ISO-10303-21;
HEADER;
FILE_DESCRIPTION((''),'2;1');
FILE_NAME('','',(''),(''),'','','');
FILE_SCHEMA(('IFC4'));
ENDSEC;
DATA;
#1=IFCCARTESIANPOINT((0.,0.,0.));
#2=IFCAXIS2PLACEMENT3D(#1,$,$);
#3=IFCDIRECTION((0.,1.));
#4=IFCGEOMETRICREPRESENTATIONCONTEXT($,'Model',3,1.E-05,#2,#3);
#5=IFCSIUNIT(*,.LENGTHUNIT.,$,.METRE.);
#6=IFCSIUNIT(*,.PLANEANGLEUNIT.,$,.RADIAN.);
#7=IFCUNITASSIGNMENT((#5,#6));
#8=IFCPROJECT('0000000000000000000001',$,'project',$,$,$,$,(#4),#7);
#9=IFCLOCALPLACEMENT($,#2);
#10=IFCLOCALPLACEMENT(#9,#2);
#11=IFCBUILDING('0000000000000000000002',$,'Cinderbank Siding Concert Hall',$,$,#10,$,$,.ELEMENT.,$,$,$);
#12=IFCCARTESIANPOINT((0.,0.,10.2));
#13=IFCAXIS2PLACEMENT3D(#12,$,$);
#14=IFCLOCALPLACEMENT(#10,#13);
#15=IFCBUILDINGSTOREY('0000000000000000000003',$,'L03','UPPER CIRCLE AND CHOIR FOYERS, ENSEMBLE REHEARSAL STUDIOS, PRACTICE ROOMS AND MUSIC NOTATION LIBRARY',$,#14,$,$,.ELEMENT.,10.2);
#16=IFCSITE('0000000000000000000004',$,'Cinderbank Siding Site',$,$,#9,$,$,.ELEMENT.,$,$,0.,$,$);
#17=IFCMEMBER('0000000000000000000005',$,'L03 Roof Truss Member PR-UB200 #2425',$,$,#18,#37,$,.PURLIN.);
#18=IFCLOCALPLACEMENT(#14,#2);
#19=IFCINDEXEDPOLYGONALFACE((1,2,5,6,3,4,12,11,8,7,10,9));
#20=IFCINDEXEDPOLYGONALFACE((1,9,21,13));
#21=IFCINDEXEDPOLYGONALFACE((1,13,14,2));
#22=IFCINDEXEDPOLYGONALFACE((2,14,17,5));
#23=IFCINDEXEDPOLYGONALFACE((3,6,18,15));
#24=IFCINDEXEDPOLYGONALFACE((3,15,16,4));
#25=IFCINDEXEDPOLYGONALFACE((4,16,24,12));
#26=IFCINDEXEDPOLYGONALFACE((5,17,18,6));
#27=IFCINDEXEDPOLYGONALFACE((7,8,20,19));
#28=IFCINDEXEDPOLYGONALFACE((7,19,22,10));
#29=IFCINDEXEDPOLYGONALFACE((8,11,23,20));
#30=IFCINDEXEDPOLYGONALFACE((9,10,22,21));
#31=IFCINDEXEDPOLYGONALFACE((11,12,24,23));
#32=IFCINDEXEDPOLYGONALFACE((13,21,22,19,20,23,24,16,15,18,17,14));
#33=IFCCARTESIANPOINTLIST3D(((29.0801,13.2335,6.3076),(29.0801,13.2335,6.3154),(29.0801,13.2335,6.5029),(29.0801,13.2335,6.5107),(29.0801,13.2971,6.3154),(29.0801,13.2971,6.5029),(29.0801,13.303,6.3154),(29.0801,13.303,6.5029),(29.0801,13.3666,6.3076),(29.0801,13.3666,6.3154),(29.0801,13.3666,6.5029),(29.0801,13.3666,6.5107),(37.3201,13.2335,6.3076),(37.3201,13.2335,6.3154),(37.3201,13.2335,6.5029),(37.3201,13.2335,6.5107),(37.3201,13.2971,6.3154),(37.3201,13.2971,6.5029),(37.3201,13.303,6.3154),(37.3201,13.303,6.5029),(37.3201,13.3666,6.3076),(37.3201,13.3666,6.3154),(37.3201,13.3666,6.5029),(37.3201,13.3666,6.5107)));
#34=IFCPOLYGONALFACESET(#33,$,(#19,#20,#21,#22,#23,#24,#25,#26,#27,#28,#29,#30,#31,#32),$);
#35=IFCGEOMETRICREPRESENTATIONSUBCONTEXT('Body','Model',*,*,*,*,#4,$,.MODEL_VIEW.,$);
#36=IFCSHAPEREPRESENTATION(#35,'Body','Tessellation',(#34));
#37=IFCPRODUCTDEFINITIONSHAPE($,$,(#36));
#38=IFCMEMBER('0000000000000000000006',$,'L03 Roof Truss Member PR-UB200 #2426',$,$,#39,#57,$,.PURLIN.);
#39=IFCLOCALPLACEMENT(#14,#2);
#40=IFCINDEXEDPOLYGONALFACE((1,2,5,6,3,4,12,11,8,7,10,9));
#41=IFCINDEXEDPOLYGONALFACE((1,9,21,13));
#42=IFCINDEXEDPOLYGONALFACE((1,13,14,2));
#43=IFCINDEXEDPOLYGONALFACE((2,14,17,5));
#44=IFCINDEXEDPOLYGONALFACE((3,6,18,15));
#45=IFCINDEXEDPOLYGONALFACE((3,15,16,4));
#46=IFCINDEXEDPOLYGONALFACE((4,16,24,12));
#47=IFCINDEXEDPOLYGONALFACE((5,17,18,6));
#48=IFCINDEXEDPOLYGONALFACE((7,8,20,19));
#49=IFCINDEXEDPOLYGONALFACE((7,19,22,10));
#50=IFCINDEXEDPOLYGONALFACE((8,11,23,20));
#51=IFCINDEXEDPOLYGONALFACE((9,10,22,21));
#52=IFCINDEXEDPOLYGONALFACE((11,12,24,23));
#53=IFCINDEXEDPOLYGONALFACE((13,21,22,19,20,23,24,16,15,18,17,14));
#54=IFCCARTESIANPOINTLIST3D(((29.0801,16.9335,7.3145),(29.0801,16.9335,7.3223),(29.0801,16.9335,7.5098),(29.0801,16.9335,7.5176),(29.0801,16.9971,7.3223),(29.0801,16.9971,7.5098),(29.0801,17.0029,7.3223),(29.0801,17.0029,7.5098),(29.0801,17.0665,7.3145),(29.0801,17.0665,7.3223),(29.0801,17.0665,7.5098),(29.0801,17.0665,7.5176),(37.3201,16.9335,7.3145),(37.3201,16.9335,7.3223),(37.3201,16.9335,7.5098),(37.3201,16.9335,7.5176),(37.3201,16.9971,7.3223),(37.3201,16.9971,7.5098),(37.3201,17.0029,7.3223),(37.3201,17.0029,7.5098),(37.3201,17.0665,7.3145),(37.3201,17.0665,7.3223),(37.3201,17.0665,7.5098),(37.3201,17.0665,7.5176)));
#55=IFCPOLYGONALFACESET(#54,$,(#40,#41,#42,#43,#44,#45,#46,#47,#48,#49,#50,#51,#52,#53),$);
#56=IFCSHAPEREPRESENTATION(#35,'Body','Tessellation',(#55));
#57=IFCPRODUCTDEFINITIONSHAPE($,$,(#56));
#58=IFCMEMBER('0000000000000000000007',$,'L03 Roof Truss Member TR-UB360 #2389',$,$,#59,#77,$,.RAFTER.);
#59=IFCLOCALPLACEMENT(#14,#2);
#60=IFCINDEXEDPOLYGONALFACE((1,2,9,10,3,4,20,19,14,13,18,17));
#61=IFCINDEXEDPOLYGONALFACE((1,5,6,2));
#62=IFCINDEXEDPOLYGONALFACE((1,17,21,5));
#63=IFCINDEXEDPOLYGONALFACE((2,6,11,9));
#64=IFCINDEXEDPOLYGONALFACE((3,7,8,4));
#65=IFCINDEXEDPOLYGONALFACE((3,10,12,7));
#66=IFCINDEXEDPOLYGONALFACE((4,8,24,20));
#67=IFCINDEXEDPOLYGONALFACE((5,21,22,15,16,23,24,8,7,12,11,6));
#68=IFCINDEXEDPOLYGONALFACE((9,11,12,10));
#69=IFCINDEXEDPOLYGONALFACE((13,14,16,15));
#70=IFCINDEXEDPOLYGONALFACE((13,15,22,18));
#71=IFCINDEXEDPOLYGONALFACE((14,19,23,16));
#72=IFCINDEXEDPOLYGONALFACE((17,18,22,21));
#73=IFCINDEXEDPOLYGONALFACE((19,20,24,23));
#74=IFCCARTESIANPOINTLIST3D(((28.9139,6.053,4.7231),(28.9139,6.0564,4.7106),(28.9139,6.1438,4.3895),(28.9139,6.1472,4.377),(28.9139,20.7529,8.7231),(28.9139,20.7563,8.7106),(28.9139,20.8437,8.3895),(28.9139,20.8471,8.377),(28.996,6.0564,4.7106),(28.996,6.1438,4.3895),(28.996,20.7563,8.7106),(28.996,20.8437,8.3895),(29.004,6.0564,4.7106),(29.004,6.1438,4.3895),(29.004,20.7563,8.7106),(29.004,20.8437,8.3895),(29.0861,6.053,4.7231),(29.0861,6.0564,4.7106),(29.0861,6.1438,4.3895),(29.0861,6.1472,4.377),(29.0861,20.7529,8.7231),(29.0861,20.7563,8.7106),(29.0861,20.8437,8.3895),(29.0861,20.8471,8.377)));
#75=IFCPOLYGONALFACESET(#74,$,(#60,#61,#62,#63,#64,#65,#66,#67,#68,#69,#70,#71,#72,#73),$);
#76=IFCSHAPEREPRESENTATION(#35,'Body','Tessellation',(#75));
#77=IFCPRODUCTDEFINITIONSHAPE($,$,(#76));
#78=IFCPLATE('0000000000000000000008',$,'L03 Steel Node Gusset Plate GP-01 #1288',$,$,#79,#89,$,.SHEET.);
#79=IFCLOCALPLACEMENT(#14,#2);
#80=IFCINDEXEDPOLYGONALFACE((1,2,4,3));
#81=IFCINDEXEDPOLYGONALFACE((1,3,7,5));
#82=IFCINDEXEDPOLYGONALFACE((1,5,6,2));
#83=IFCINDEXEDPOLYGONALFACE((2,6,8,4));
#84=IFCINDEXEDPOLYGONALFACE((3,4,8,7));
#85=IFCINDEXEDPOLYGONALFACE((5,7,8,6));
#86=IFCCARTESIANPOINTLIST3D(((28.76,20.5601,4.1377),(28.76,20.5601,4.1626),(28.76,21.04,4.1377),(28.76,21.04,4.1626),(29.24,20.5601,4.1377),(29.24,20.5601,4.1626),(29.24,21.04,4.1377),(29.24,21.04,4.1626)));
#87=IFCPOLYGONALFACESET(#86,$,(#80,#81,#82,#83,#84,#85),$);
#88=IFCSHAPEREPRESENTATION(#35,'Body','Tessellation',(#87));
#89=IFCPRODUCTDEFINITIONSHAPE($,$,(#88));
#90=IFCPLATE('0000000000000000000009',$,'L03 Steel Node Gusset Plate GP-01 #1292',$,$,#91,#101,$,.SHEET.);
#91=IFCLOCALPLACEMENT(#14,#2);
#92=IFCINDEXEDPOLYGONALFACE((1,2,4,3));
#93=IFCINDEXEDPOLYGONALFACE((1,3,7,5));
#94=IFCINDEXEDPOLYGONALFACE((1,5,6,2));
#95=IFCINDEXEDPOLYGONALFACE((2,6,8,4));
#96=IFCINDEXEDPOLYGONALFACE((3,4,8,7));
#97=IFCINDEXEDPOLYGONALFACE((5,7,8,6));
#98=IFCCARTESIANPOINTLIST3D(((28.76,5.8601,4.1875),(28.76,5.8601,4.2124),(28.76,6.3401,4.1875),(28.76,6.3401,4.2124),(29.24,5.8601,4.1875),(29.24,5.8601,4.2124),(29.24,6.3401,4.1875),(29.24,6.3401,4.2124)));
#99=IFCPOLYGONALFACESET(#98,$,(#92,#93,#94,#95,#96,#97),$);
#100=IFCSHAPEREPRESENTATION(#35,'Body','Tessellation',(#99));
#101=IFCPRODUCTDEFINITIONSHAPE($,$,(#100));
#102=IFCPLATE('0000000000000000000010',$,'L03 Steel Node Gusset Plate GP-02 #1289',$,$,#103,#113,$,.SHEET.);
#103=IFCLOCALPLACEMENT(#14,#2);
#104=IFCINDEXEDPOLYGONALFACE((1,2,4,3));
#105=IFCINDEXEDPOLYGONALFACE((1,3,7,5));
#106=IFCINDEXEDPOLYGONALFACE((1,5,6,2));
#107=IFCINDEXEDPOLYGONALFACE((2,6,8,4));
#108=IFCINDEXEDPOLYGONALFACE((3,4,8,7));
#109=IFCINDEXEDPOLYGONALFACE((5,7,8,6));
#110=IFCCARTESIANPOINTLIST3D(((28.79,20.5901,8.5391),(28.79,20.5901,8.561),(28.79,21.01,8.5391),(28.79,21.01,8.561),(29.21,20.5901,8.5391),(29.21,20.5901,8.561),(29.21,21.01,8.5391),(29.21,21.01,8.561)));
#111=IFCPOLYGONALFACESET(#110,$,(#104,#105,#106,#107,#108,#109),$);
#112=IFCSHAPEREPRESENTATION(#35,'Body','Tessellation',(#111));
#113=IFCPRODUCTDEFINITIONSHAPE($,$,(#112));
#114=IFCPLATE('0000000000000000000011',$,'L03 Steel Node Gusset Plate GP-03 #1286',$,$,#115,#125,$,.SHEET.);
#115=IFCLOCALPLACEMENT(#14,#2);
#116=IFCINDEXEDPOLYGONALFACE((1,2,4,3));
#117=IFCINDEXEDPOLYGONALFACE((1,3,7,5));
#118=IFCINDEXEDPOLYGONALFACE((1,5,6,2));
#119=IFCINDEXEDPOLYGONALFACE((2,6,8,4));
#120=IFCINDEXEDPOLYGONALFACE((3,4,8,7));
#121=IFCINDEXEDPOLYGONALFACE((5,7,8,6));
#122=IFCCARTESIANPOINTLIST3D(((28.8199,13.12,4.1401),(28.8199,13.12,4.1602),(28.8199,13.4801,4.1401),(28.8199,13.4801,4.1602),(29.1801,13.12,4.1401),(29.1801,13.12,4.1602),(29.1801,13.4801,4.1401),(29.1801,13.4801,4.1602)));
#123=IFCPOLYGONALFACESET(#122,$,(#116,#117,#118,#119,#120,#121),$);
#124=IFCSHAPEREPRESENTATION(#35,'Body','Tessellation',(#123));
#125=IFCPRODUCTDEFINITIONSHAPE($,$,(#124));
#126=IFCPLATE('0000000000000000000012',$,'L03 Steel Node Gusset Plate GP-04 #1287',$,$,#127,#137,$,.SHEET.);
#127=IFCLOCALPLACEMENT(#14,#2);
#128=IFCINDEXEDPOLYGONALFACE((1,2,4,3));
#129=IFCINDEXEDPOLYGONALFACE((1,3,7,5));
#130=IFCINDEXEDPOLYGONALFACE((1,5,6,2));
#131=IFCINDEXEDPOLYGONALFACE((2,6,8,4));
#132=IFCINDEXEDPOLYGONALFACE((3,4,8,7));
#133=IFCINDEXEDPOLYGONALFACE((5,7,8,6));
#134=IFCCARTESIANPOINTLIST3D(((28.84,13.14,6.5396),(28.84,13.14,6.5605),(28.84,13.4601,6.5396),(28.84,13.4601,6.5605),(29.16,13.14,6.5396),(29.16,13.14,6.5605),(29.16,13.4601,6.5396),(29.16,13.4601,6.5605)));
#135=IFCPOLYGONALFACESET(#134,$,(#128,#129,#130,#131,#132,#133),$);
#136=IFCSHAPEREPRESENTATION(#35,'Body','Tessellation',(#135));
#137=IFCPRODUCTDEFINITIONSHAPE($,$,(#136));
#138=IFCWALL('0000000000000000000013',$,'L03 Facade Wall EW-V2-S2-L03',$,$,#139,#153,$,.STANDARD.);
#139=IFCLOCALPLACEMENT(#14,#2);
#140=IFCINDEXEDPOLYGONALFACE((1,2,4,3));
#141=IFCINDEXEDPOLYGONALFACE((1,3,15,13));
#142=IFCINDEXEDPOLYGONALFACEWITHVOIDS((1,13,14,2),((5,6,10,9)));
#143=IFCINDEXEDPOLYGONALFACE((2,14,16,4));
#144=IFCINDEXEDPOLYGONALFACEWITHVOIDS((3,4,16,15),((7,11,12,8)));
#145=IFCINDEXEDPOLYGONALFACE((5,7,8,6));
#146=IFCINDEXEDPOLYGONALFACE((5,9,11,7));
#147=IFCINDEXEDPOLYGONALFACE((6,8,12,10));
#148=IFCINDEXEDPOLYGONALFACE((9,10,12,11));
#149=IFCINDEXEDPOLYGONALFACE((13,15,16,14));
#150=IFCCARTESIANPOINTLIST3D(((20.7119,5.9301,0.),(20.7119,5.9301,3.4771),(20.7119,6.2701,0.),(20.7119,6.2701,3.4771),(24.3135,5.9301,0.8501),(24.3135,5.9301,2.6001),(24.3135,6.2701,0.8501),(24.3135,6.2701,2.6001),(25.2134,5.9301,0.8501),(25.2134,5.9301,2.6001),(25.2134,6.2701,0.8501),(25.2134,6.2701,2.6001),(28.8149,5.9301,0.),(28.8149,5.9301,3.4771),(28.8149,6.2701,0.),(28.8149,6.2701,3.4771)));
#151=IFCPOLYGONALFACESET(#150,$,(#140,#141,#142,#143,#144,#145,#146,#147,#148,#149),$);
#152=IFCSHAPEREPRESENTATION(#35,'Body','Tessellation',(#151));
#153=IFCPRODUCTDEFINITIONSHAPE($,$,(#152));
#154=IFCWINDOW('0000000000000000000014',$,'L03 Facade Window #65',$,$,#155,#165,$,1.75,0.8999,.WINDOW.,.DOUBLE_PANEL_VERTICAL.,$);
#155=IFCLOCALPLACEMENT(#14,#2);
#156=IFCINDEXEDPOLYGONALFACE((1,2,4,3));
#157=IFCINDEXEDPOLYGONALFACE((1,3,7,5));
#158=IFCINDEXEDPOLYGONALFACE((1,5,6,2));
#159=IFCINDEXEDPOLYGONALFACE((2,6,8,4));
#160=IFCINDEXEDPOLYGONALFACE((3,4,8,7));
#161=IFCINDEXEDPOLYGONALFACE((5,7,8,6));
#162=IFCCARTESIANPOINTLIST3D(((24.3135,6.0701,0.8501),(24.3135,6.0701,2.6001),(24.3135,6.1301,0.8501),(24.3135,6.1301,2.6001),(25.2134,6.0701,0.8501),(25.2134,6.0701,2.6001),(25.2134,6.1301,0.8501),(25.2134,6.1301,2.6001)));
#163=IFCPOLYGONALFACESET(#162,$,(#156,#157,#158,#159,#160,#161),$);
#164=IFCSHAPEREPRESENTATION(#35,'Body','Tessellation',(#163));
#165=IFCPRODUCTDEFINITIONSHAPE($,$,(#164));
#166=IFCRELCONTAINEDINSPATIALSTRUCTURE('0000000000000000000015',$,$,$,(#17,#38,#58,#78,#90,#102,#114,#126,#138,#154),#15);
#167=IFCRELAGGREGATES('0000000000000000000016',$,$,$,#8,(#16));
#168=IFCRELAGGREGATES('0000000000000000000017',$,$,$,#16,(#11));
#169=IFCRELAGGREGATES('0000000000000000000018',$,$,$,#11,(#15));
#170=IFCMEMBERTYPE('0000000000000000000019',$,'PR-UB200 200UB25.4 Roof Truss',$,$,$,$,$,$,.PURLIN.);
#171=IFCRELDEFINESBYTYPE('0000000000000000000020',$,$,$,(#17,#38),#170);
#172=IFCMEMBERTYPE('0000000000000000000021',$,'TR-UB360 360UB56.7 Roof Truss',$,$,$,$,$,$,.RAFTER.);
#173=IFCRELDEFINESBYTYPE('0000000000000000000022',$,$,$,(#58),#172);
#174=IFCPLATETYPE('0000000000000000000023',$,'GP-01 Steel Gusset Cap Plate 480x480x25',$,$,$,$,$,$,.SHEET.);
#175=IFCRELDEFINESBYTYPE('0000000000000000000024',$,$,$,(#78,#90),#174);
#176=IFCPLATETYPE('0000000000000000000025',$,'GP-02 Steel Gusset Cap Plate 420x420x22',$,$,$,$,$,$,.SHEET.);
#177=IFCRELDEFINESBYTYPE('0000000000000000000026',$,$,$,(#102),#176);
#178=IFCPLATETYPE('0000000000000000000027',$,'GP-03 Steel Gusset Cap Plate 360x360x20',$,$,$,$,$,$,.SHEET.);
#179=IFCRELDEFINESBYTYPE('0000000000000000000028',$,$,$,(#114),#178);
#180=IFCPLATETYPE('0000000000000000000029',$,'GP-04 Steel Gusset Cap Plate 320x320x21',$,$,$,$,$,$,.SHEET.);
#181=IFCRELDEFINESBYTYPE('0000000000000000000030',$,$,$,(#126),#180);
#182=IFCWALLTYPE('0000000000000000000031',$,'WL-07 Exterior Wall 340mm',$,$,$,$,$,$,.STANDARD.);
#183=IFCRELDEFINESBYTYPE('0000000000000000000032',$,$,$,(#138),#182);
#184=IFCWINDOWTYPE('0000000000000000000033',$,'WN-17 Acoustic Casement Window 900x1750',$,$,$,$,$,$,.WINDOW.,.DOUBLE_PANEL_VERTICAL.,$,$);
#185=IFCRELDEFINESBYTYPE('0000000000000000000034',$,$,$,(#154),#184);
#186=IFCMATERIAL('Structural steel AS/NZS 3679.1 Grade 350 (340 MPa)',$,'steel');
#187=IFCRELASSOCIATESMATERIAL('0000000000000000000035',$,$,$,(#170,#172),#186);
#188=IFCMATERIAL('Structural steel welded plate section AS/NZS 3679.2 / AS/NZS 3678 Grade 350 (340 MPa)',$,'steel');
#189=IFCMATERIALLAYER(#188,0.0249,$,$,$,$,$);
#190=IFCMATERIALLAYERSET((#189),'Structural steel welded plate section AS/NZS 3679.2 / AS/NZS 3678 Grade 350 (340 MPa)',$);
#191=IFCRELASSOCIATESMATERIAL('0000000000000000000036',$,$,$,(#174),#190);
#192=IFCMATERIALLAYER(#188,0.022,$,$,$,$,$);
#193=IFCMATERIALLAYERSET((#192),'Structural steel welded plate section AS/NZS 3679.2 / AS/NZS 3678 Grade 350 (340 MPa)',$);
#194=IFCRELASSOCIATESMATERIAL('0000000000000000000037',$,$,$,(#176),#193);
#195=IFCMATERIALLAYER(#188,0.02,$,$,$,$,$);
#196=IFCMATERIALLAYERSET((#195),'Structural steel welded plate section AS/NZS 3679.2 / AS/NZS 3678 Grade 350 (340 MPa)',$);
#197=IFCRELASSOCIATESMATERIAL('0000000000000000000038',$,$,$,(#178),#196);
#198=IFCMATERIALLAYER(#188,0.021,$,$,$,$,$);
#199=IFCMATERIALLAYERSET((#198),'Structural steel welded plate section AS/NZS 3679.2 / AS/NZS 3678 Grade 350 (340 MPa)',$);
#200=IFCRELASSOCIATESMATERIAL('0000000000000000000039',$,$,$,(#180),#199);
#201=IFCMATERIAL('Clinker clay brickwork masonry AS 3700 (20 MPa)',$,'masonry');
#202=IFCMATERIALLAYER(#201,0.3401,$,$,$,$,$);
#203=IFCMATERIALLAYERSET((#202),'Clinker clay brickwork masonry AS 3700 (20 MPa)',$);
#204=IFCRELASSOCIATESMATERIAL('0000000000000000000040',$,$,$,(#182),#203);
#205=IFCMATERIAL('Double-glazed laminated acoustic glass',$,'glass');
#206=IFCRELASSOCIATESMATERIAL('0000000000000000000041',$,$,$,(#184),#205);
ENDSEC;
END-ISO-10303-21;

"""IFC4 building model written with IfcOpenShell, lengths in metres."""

from ifc_helpers import new_model, si_unit, direction, frame, frame_2d, origin, origin_2d, place, context, subcontext, project, spatial, rectangle, i_section, extrude, material, layer, layer_set, material_profile, profile_set, type_object, element, fill, save


model = new_model("IFC4")

# Units and contexts
model_context = context("Model", 3, precision=1e-05, world=origin(), true_north=direction((0.0, 1.0)))
body_context = subcontext(model_context, "Body", "Model", "MODEL_VIEW")
ifc_project = project(units=[si_unit("LENGTHUNIT", "METRE"), si_unit("PLANEANGLEUNIT", "RADIAN")], contexts=[model_context])

# Site, building, storey
site_placement = place(None, origin())
site = spatial("IfcSite", under=ifc_project, at=site_placement, Name="Cinderbank Siding Site", CompositionType="ELEMENT", RefElevation=0.0)
building_placement = place(site_placement, origin())
building = spatial("IfcBuilding", under=site, at=building_placement, Name="Cinderbank Siding Concert Hall", CompositionType="ELEMENT")
storey_placement = place(building_placement, frame((0.0, 0.0, 10.2)))
storey = spatial("IfcBuildingStorey", under=building, at=storey_placement, Name="L03", Description="UPPER CIRCLE AND CHOIR FOYERS, ENSEMBLE REHEARSAL STUDIOS, PRACTICE ROOMS AND MUSIC NOTATION LIBRARY", CompositionType="ELEMENT", Elevation=10.2)

# Shared definitions
ifc_material_1 = material(Name="Structural steel AS/NZS 3679.1 Grade 350 (340 MPa)", Category="steel")

# Shared definitions
ifc_material_2 = material(Name="Structural steel welded plate section AS/NZS 3679.2 / AS/NZS 3678 Grade 350 (340 MPa)", Category="steel")

# Members
ifc_material_profile_1 = material_profile(ifc_material_1, i_section(OverallWidth=0.1331, OverallDepth=0.2031, WebThickness=0.0059, FlangeThickness=0.0078, at=origin_2d()), Name="200UB25.4", Category="LoadBearing")
ifc_profile_set_1 = profile_set([ifc_material_profile_1], Name="Structural steel AS/NZS 3679.1 Grade 350 (340 MPa)")
member_type_1 = type_object("IfcMemberType", Name="PR-UB200 200UB25.4 Roof Truss", PredefinedType="PURLIN", material=ifc_profile_set_1)
for number, where, z_axis, x_axis, name in (
    (1, (29.0801, 13.3, 6.4092), (1.0, 0.0, 0.0), (0.0, 1.0, 0.0), "L03 Roof Truss Member PR-UB200 #2425"),
    (2, (29.0801, 17.0, 7.416), (1.0, 0.0, 0.0), (0.0, 1.0, 0.0), "L03 Roof Truss Member PR-UB200 #2426"),
):
    element("IfcMember", number, at=place(storey_placement, frame(where, z_axis=z_axis, x_axis=x_axis)), inside=storey, type_object=member_type_1, Name=name, PredefinedType="PURLIN", context=body_context, shape_type="SweptSolid", body=[
        extrude(i_section(OverallWidth=0.1331, OverallDepth=0.2031, WebThickness=0.0059, FlangeThickness=0.0078, at=origin_2d()), origin(), (0.0, 0.0, 1.0), 8.24),
    ])
ifc_material_profile_2 = material_profile(ifc_material_1, i_section(OverallWidth=0.1721, OverallDepth=0.3586, WebThickness=0.0081, FlangeThickness=0.0129, at=origin_2d()), Name="360UB56.7", Category="LoadBearing")
ifc_profile_set_2 = profile_set([ifc_material_profile_2], Name="Structural steel AS/NZS 3679.1 Grade 350 (340 MPa)")
member_type_2 = type_object("IfcMemberType", Name="TR-UB360 360UB56.7 Roof Truss", PredefinedType="RAFTER", material=ifc_profile_set_2)
member_1_placement = place(storey_placement, frame((29.0, 6.1001, 4.55), z_axis=(0.0, 0.964915, 0.262563), x_axis=(-1.0, 0.0, 0.0)))
element("IfcMember", 3, at=member_1_placement, inside=storey, type_object=member_type_2, Name="L03 Roof Truss Member TR-UB360 #2389", PredefinedType="RAFTER", context=body_context, shape_type="SweptSolid", body=[
    extrude(i_section(OverallWidth=0.1721, OverallDepth=0.3586, WebThickness=0.0081, FlangeThickness=0.0129, at=origin_2d()), origin(), (0.0, 0.0, 1.0), 15.2344),
])

# Plates
ifc_layer_1 = layer(ifc_material_2, 0.0249)
ifc_layer_set_1 = layer_set([ifc_layer_1], Name="Structural steel welded plate section AS/NZS 3679.2 / AS/NZS 3678 Grade 350 (340 MPa)")
plate_type_1 = type_object("IfcPlateType", Name="GP-01 Steel Gusset Cap Plate 480x480x25", PredefinedType="SHEET", material=ifc_layer_set_1)
for number, where, z_axis, x_axis, name in (
    (4, (29.0, 20.8, 4.1377), (0.0, 0.0, 1.0), (1.0, 0.0, 0.0), "L03 Steel Node Gusset Plate GP-01 #1288"),
    (5, (29.0, 6.1001, 4.1875), (0.0, 0.0, 1.0), (0.0, 1.0, 0.0), "L03 Steel Node Gusset Plate GP-01 #1292"),
):
    element("IfcPlate", number, at=place(storey_placement, frame(where, z_axis=z_axis, x_axis=x_axis)), inside=storey, type_object=plate_type_1, Name=name, PredefinedType="SHEET", context=body_context, shape_type="SweptSolid", body=[
        extrude(rectangle(XDim=0.48, YDim=0.48, at=origin_2d()), origin(), (0.0, 0.0, 1.0), 0.0249),
    ])
ifc_layer_2 = layer(ifc_material_2, 0.022)
ifc_layer_set_2 = layer_set([ifc_layer_2], Name="Structural steel welded plate section AS/NZS 3679.2 / AS/NZS 3678 Grade 350 (340 MPa)")
plate_type_2 = type_object("IfcPlateType", Name="GP-02 Steel Gusset Cap Plate 420x420x22", PredefinedType="SHEET", material=ifc_layer_set_2)
plate_1_placement = place(storey_placement, frame((29.0, 20.8, 8.5391), z_axis=(0.0, 0.0, 1.0), x_axis=(1.0, 0.0, 0.0)))
element("IfcPlate", 6, at=plate_1_placement, inside=storey, type_object=plate_type_2, Name="L03 Steel Node Gusset Plate GP-02 #1289", PredefinedType="SHEET", context=body_context, shape_type="SweptSolid", body=[
    extrude(rectangle(XDim=0.4199, YDim=0.4199, at=origin_2d()), origin(), (0.0, 0.0, 1.0), 0.022),
])
ifc_layer_3 = layer(ifc_material_2, 0.02)
ifc_layer_set_3 = layer_set([ifc_layer_3], Name="Structural steel welded plate section AS/NZS 3679.2 / AS/NZS 3678 Grade 350 (340 MPa)")
plate_type_3 = type_object("IfcPlateType", Name="GP-03 Steel Gusset Cap Plate 360x360x20", PredefinedType="SHEET", material=ifc_layer_set_3)
plate_2_placement = place(storey_placement, frame((29.0, 13.3, 4.1401), z_axis=(0.0, 0.0, 1.0), x_axis=(1.0, 0.0, 0.0)))
element("IfcPlate", 7, at=plate_2_placement, inside=storey, type_object=plate_type_3, Name="L03 Steel Node Gusset Plate GP-03 #1286", PredefinedType="SHEET", context=body_context, shape_type="SweptSolid", body=[
    extrude(rectangle(XDim=0.3601, YDim=0.3601, at=origin_2d()), origin(), (0.0, 0.0, 1.0), 0.02),
])
ifc_layer_4 = layer(ifc_material_2, 0.021)
ifc_layer_set_4 = layer_set([ifc_layer_4], Name="Structural steel welded plate section AS/NZS 3679.2 / AS/NZS 3678 Grade 350 (340 MPa)")
plate_type_4 = type_object("IfcPlateType", Name="GP-04 Steel Gusset Cap Plate 320x320x21", PredefinedType="SHEET", material=ifc_layer_set_4)
plate_3_placement = place(storey_placement, frame((29.0, 13.3, 6.5396), z_axis=(0.0, 0.0, 1.0), x_axis=(1.0, 0.0, 0.0)))
element("IfcPlate", 8, at=plate_3_placement, inside=storey, type_object=plate_type_4, Name="L03 Steel Node Gusset Plate GP-04 #1287", PredefinedType="SHEET", context=body_context, shape_type="SweptSolid", body=[
    extrude(rectangle(XDim=0.3201, YDim=0.3201, at=origin_2d()), origin(), (0.0, 0.0, 1.0), 0.021),
])

# Wall, opening, window
ifc_material_3 = material(Name="Clinker clay brickwork masonry AS 3700 (20 MPa)", Category="masonry")
ifc_layer_5 = layer(ifc_material_3, 0.3401)
ifc_layer_set_5 = layer_set([ifc_layer_5], Name="Clinker clay brickwork masonry AS 3700 (20 MPa)")
wall_type_1 = type_object("IfcWallType", Name="WL-07 Exterior Wall 340mm", PredefinedType="STANDARD", material=ifc_layer_set_5)
wall_1_placement = place(storey_placement, frame((28.8149, 6.1001, 0.0), z_axis=(0.0, 0.0, 1.0), x_axis=(-1.0, 0.0, 0.0)))
wall_1 = element("IfcWall", 9, at=wall_1_placement, inside=storey, type_object=wall_type_1, Name="L03 Facade Wall EW-V2-S2-L03", PredefinedType="STANDARD", context=body_context, shape_type="SweptSolid", body=[
    extrude(rectangle(XDim=8.103, YDim=0.3401, at=frame_2d((4.0515, 0.0))), origin(), (0.0, 0.0, 1.0), 3.4771),
])
opening_1_placement = place(wall_1_placement, frame((3.6016, 0.0, 0.8501)))
opening_1 = element("IfcOpeningElement", 10, at=opening_1_placement, cuts=wall_1, PredefinedType="OPENING", context=body_context, shape_type="SweptSolid", body=[
    extrude(rectangle(XDim=0.8999, YDim=1.75, at=frame_2d((0.45, 0.875))), frame((0.0, 0.1821, 0.0), z_axis=(0.0, -1.0, 0.0), x_axis=(1.0, 0.0, 0.0)), (0.0, 0.0, 1.0), 0.364),
])
ifc_material_4 = material(Name="Double-glazed laminated acoustic glass", Category="glass")
window_type = type_object("IfcWindowType", Name="WN-17 Acoustic Casement Window 900x1750", PartitioningType="DOUBLE_PANEL_VERTICAL", PredefinedType="WINDOW", material=ifc_material_4)
window_placement = place(opening_1_placement, origin())
window = element("IfcWindow", 11, at=window_placement, inside=storey, type_object=window_type, Name="L03 Facade Window #65", OverallHeight=1.75, OverallWidth=0.8999, PartitioningType="DOUBLE_PANEL_VERTICAL", PredefinedType="WINDOW", context=body_context, shape_type="SweptSolid", body=[
    extrude(rectangle(XDim=0.8999, YDim=1.75, at=frame_2d((0.45, 0.875))), frame((0.0, 0.03, 0.0), z_axis=(0.0, -1.0, 0.0), x_axis=(1.0, 0.0, 0.0)), (0.0, 0.0, 1.0), 0.0601),
])
fill(opening_1, window)

save(model, "model.ifc")
